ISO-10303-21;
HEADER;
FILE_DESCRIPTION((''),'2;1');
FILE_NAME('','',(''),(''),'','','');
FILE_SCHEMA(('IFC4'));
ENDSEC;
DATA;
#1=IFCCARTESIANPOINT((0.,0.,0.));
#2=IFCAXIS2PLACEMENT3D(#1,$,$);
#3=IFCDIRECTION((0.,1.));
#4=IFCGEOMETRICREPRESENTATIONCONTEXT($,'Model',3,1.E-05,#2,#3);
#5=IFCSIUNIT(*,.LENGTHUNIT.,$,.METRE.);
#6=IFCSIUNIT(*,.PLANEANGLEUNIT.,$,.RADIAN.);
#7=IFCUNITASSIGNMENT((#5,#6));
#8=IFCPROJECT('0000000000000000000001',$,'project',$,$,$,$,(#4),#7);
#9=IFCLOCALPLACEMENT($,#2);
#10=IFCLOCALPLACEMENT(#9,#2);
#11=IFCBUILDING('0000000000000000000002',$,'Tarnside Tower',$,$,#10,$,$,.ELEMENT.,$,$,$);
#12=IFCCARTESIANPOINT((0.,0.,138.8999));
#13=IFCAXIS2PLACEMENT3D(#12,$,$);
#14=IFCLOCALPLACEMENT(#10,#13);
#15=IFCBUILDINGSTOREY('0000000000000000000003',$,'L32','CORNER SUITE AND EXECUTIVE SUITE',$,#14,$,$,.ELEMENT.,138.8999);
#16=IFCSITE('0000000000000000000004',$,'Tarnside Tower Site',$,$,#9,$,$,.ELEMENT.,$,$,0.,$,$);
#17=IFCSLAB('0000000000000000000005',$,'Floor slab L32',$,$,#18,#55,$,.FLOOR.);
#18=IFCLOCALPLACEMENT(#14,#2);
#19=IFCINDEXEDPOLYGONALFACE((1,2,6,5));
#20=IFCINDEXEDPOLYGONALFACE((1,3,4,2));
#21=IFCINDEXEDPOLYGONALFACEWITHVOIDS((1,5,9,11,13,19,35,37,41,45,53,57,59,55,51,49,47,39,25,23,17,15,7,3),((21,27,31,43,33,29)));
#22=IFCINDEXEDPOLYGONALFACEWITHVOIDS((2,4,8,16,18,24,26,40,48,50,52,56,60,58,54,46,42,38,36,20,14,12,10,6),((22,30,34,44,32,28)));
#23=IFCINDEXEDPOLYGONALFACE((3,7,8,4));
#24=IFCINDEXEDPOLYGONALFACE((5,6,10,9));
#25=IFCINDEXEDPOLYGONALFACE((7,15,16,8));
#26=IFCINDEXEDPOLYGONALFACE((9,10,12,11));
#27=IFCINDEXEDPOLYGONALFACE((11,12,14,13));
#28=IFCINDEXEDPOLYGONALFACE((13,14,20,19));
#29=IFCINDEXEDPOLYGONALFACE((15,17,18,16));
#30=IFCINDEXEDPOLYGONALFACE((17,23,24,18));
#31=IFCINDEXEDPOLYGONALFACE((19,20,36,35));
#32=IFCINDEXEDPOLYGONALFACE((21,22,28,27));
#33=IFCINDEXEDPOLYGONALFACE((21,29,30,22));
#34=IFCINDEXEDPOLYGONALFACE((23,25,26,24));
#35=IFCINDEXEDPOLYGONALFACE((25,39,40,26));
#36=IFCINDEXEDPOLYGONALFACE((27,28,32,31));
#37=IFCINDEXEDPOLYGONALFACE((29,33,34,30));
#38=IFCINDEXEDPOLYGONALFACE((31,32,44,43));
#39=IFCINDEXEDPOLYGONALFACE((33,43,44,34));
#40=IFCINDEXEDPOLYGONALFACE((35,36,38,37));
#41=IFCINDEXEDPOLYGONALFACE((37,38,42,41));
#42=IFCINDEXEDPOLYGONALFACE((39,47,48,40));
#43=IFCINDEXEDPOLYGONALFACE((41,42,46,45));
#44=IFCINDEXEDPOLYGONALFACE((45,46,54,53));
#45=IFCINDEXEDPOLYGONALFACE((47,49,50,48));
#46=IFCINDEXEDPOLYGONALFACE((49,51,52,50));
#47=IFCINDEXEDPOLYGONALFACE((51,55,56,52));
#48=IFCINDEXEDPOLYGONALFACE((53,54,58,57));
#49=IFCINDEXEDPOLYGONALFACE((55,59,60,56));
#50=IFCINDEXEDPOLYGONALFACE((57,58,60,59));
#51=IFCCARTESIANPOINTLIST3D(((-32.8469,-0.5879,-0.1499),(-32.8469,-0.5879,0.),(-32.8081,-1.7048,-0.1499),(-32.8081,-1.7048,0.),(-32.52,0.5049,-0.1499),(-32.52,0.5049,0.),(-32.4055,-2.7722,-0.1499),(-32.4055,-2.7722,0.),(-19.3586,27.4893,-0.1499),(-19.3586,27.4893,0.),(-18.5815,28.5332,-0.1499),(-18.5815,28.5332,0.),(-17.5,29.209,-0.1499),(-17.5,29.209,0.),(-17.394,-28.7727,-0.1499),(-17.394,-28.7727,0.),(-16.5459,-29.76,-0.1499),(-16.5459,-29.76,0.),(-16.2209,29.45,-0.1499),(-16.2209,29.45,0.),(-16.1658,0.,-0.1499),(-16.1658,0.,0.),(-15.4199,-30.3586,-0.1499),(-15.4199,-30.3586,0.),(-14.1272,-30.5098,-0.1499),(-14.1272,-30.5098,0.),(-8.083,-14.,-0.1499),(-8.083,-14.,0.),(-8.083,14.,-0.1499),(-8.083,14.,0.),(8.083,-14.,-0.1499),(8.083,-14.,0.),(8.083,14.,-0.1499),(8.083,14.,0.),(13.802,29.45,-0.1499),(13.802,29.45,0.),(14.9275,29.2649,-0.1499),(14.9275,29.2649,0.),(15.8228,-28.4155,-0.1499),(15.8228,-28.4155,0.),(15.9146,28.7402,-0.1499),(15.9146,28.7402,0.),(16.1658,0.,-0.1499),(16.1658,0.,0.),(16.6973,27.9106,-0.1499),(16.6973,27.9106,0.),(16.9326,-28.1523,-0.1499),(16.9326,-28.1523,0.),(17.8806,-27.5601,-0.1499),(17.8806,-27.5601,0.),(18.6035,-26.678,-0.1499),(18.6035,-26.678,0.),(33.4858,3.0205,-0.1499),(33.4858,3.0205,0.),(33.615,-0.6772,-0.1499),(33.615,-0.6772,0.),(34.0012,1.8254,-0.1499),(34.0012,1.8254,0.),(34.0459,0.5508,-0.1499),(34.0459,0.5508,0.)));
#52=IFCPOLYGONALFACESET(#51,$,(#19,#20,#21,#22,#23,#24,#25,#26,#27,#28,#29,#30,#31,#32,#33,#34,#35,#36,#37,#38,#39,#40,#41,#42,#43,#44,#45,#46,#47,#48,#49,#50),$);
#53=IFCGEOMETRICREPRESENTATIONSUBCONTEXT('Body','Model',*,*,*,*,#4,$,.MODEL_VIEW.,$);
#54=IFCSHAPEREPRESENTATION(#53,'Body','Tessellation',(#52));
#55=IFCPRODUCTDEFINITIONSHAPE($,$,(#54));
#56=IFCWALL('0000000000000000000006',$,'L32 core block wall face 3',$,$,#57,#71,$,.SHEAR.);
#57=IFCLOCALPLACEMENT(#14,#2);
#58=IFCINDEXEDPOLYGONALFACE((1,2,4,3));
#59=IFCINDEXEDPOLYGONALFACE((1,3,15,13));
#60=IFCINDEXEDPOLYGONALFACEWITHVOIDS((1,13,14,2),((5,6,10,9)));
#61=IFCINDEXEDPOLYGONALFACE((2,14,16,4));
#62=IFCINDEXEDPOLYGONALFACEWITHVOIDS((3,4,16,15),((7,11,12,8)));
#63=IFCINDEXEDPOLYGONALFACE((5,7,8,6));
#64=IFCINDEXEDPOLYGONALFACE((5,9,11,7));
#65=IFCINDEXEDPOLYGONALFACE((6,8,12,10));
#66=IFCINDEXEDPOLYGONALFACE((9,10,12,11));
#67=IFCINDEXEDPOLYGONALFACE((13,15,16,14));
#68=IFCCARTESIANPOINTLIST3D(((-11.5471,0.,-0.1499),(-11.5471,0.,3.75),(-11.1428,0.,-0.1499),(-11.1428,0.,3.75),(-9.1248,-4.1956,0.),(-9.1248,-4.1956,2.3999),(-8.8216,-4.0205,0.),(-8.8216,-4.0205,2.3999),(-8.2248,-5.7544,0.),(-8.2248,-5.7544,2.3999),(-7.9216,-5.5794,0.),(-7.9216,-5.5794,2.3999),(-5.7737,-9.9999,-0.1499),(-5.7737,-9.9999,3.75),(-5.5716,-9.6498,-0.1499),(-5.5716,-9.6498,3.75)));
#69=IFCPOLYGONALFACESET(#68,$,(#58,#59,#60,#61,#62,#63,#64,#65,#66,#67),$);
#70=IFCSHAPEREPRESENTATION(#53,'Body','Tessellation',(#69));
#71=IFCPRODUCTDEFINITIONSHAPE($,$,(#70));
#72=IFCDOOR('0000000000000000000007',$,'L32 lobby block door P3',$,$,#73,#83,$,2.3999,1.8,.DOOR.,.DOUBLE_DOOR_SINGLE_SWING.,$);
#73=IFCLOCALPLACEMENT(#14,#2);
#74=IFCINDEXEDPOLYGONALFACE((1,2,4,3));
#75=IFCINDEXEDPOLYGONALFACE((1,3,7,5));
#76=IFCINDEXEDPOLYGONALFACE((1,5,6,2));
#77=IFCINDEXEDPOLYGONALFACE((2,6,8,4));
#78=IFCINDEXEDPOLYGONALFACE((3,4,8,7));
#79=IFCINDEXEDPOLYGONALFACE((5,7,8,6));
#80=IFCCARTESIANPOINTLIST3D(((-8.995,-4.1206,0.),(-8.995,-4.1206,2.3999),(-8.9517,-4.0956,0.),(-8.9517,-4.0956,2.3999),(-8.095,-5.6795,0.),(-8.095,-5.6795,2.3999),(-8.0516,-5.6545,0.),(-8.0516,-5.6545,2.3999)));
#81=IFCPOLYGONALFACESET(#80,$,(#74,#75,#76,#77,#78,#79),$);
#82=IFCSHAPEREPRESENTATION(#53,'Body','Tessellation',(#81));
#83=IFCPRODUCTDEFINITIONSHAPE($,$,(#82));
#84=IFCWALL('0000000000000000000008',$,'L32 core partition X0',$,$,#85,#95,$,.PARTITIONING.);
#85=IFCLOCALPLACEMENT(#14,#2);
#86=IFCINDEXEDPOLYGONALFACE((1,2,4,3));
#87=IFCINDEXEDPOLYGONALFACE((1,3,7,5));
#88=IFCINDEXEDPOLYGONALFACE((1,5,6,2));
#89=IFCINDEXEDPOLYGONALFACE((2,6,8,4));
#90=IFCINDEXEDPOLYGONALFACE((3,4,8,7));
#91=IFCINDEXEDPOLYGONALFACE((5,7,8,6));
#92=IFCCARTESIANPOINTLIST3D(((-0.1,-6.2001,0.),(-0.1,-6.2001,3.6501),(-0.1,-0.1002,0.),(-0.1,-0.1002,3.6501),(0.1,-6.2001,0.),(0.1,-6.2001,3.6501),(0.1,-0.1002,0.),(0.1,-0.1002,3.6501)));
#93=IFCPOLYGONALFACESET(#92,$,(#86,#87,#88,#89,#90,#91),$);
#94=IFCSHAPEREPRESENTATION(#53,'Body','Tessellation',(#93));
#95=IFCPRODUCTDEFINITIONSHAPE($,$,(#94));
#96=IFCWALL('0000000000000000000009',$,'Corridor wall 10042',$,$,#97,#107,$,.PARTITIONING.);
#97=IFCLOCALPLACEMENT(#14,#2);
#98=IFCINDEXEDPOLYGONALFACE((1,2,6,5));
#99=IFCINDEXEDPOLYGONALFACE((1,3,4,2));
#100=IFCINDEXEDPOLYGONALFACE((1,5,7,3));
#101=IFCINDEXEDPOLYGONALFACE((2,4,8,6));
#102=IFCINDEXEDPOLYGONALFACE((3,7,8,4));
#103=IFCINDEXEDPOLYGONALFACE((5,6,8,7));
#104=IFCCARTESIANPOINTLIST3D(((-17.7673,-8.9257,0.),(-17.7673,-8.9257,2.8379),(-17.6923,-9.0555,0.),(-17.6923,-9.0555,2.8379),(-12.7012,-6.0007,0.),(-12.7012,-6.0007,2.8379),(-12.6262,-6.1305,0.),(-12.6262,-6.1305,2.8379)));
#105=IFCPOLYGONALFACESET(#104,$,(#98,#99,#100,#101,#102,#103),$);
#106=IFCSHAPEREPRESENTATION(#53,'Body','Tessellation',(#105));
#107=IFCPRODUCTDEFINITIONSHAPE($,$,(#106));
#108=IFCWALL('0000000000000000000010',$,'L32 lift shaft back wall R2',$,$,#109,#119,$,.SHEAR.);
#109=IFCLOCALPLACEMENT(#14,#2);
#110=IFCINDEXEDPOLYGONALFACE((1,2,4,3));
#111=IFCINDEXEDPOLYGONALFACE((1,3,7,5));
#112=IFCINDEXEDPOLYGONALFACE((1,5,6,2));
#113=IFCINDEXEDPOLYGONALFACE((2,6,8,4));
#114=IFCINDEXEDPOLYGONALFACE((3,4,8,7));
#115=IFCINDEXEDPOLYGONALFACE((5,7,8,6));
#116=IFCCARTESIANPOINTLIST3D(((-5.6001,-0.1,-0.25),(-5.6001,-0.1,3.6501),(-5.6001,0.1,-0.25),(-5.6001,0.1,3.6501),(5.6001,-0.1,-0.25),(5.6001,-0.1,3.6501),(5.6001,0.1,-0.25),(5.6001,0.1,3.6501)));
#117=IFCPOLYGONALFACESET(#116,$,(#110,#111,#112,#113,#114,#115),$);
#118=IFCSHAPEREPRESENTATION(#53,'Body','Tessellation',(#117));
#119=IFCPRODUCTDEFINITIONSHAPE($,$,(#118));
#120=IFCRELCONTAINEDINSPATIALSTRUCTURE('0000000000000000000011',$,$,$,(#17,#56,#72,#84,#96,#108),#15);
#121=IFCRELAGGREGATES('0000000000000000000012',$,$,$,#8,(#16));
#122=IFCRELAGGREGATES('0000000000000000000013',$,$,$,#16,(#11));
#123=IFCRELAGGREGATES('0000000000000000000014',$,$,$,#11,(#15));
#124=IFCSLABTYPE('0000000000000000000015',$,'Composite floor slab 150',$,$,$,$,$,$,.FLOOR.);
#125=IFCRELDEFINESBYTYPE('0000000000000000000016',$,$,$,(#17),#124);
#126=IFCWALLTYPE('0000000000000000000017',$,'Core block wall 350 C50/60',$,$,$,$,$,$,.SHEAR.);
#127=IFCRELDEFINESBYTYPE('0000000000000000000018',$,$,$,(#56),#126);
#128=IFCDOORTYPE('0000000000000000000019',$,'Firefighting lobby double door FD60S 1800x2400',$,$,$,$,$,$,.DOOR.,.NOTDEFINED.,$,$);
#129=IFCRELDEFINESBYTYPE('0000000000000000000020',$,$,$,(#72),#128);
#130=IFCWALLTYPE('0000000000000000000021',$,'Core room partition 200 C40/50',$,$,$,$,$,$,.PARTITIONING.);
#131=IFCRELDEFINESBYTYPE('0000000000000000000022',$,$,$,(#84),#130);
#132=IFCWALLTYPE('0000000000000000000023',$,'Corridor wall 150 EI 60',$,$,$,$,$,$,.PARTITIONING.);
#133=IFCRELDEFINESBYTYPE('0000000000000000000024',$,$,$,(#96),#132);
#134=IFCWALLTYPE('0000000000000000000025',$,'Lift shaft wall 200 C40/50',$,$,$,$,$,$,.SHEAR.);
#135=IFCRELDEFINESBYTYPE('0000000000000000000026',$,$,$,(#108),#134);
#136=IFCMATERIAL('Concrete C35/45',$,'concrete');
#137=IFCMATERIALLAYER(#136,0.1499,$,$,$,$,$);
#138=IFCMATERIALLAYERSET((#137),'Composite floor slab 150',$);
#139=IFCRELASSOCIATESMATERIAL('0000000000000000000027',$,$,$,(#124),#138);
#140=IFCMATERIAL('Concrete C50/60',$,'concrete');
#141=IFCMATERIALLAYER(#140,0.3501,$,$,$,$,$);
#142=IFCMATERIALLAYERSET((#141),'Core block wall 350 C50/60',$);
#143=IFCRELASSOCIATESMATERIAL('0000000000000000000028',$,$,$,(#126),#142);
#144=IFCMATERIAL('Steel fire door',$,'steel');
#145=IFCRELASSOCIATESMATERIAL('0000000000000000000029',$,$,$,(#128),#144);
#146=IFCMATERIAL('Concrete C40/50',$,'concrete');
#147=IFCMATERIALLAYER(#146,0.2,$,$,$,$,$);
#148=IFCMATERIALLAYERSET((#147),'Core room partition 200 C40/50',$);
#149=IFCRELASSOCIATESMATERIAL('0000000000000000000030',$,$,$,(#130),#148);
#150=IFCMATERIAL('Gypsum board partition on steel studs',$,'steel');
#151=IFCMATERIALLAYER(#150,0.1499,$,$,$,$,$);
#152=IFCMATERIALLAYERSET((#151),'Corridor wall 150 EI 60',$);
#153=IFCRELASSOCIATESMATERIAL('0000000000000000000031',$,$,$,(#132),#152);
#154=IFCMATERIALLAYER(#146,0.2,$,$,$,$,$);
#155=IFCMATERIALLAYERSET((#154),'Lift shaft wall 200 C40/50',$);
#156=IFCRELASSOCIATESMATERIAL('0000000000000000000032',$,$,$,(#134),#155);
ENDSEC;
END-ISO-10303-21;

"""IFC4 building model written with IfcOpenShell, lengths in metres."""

from ifc_helpers import new_model, si_unit, direction, frame, frame_2d, origin, place, context, subcontext, project, spatial, polyline, rectangle, outline, extrude, material, layer, layer_set, type_object, element, fill, save


model = new_model("IFC4")

# Units and contexts
model_context = context("Model", 3, precision=1e-05, world=origin(), true_north=direction((0.0, 1.0)))
body_context = subcontext(model_context, "Body", "Model", "MODEL_VIEW")
ifc_project = project(units=[si_unit("LENGTHUNIT", "METRE"), si_unit("PLANEANGLEUNIT", "RADIAN")], contexts=[model_context])

# Site, building, storey
site_placement = place(None, origin())
site = spatial("IfcSite", under=ifc_project, at=site_placement, Name="Tarnside Tower Site", CompositionType="ELEMENT", RefElevation=0.0)
building_placement = place(site_placement, origin())
building = spatial("IfcBuilding", under=site, at=building_placement, Name="Tarnside Tower", CompositionType="ELEMENT")
storey_placement = place(building_placement, frame((0.0, 0.0, 138.8999)))
storey = spatial("IfcBuildingStorey", under=building, at=storey_placement, Name="L32", Description="CORNER SUITE AND EXECUTIVE SUITE", CompositionType="ELEMENT", Elevation=138.8999)

# Slab
ifc_material_1 = material(Name="Concrete C35/45", Category="concrete")
ifc_layer_1 = layer(ifc_material_1, 0.1499)
ifc_layer_set_1 = layer_set([ifc_layer_1], Name="Composite floor slab 150")
slab_type = type_object("IfcSlabType", Name="Composite floor slab 150", PredefinedType="FLOOR", material=ifc_layer_set_1)
slab_placement = place(storey_placement, frame((0.0, 0.0, -0.1499)))
element("IfcSlab", 1, at=slab_placement, inside=storey, type_object=slab_type, Name="Floor slab L32", PredefinedType="FLOOR", context=body_context, shape_type="SweptSolid", body=[
    extrude(outline(polyline([(14.9275, 29.2649), (15.9146, 28.7402), (16.6973, 27.9106), (33.4858, 3.0205), (34.0012, 1.8254), (34.0459, 0.5508), (33.615, -0.6772), (18.6035, -26.678), (17.8806, -27.5601), (16.9326, -28.1523), (15.8228, -28.4155), (-14.1272, -30.5098), (-15.4199, -30.3586), (-16.5459, -29.76), (-17.394, -28.7727), (-32.4055, -2.7722), (-32.8081, -1.7048), (-32.8469, -0.5879), (-32.52, 0.5049), (-19.3586, 27.4893), (-18.5815, 28.5332), (-17.5, 29.209), (-16.2209, 29.45), (13.802, 29.45), (14.9275, 29.2649)]), holes=[polyline([(-16.1658, 0.0), (-8.083, -14.0), (8.083, -14.0), (16.1658, 0.0), (8.083, 14.0), (-8.083, 14.0), (-16.1658, 0.0)])]), origin(), (0.0, 0.0, 1.0), 0.1499),
])

# Wall, opening, door
ifc_material_2 = material(Name="Concrete C50/60", Category="concrete")
ifc_layer_2 = layer(ifc_material_2, 0.3501)
ifc_layer_set_2 = layer_set([ifc_layer_2], Name="Core block wall 350 C50/60")
wall_type_1 = type_object("IfcWallType", Name="Core block wall 350 C50/60", PredefinedType="SHEAR", material=ifc_layer_set_2)
wall_1_placement = place(storey_placement, frame((-11.345, 0.0, -0.1499), z_axis=(0.0, 0.0, 1.0), x_axis=(0.499995, -0.866028, 0.0)))
wall_1 = element("IfcWall", 2, at=wall_1_placement, inside=storey, type_object=wall_type_1, Name="L32 core block wall face 3", PredefinedType="SHEAR", context=body_context, shape_type="SweptSolid", body=[
    extrude(outline(polyline([(-0.1011, -0.175), (11.4458, -0.175), (11.2437, 0.175), (0.1011, 0.175), (-0.1011, -0.175)])), origin(), (0.0, 0.0, 1.0), 3.8999),
])
opening_1_placement = place(wall_1_placement, frame((4.7437, 0.0, 0.1499)))
opening_1 = element("IfcOpeningElement", 3, at=opening_1_placement, cuts=wall_1, PredefinedType="OPENING", context=body_context, shape_type="SweptSolid", body=[
    extrude(rectangle(XDim=1.8, YDim=2.3999, at=frame_2d((0.8999, 1.2))), frame((0.0, 0.1851, 0.0), z_axis=(0.0, -1.0, 0.0), x_axis=(1.0, 0.0, 0.0)), (0.0, 0.0, 1.0), 0.3701),
])
ifc_material_3 = material(Name="Steel fire door", Category="steel")
door_type_1 = type_object("IfcDoorType", Name="Firefighting lobby double door FD60S 1800x2400", OperationType="NOTDEFINED", PredefinedType="DOOR", material=ifc_material_3)
door_1_placement = place(opening_1_placement, origin())
door_1 = element("IfcDoor", 4, at=door_1_placement, inside=storey, type_object=door_type_1, Name="L32 lobby block door P3", OperationType="DOUBLE_DOOR_SINGLE_SWING", OverallHeight=2.3999, OverallWidth=1.8, PredefinedType="DOOR", context=body_context, shape_type="SweptSolid", body=[
    extrude(rectangle(XDim=1.8, YDim=2.3999, at=frame_2d((0.8999, 1.2))), frame((0.0, 0.0249, 0.0), z_axis=(0.0, -1.0, 0.0), x_axis=(1.0, 0.0, 0.0)), (0.0, 0.0, 1.0), 0.05),
])
fill(opening_1, door_1)

# Walls
ifc_material_4 = material(Name="Concrete C40/50", Category="concrete")
ifc_layer_3 = layer(ifc_material_4, 0.2)
ifc_layer_set_3 = layer_set([ifc_layer_3], Name="Core room partition 200 C40/50")
wall_type_2 = type_object("IfcWallType", Name="Core room partition 200 C40/50", PredefinedType="PARTITIONING", material=ifc_layer_set_3)
wall_2_placement = place(storey_placement, frame((0.0, -6.2, 0.0), z_axis=(0.0, 0.0, 1.0), x_axis=(0.0, 1.0, 0.0)))
element("IfcWall", 5, at=wall_2_placement, inside=storey, type_object=wall_type_2, Name="L32 core partition X0", PredefinedType="PARTITIONING", context=body_context, shape_type="SweptSolid", body=[
    extrude(rectangle(XDim=6.0999, YDim=0.2, at=frame_2d((3.0498, 0.0))), origin(), (0.0, 0.0, 1.0), 3.6501),
])
ifc_material_5 = material(Name="Gypsum board partition on steel studs", Category="steel")
ifc_layer_4 = layer(ifc_material_5, 0.1499)
ifc_layer_set_4 = layer_set([ifc_layer_4], Name="Corridor wall 150 EI 60")
wall_type_3 = type_object("IfcWallType", Name="Corridor wall 150 EI 60", PredefinedType="PARTITIONING", material=ifc_layer_set_4)
wall_3_placement = place(storey_placement, frame((-12.6638, -6.0657, 0.0), z_axis=(0.0, 0.0, 1.0), x_axis=(-0.866018, -0.500013, 0.0)))
element("IfcWall", 6, at=wall_3_placement, inside=storey, type_object=wall_type_3, Name="Corridor wall 10042", PredefinedType="PARTITIONING", context=body_context, shape_type="SweptSolid", body=[
    extrude(rectangle(XDim=5.8499, YDim=0.1499, at=frame_2d((2.9248, 0.0))), origin(), (0.0, 0.0, 1.0), 2.8379),
])
ifc_layer_5 = layer(ifc_material_4, 0.2)
ifc_layer_set_5 = layer_set([ifc_layer_5], Name="Lift shaft wall 200 C40/50")
wall_type_4 = type_object("IfcWallType", Name="Lift shaft wall 200 C40/50", PredefinedType="SHEAR", material=ifc_layer_set_5)
wall_4_placement = place(storey_placement, frame((-5.6001, 0.0, -0.25), z_axis=(0.0, 0.0, 1.0), x_axis=(1.0, 0.0, 0.0)))
element("IfcWall", 7, at=wall_4_placement, inside=storey, type_object=wall_type_4, Name="L32 lift shaft back wall R2", PredefinedType="SHEAR", context=body_context, shape_type="SweptSolid", body=[
    extrude(rectangle(XDim=11.2002, YDim=0.2, at=frame_2d((5.6001, 0.0))), origin(), (0.0, 0.0, 1.0), 3.9001),
])

save(model, "model.ifc")
